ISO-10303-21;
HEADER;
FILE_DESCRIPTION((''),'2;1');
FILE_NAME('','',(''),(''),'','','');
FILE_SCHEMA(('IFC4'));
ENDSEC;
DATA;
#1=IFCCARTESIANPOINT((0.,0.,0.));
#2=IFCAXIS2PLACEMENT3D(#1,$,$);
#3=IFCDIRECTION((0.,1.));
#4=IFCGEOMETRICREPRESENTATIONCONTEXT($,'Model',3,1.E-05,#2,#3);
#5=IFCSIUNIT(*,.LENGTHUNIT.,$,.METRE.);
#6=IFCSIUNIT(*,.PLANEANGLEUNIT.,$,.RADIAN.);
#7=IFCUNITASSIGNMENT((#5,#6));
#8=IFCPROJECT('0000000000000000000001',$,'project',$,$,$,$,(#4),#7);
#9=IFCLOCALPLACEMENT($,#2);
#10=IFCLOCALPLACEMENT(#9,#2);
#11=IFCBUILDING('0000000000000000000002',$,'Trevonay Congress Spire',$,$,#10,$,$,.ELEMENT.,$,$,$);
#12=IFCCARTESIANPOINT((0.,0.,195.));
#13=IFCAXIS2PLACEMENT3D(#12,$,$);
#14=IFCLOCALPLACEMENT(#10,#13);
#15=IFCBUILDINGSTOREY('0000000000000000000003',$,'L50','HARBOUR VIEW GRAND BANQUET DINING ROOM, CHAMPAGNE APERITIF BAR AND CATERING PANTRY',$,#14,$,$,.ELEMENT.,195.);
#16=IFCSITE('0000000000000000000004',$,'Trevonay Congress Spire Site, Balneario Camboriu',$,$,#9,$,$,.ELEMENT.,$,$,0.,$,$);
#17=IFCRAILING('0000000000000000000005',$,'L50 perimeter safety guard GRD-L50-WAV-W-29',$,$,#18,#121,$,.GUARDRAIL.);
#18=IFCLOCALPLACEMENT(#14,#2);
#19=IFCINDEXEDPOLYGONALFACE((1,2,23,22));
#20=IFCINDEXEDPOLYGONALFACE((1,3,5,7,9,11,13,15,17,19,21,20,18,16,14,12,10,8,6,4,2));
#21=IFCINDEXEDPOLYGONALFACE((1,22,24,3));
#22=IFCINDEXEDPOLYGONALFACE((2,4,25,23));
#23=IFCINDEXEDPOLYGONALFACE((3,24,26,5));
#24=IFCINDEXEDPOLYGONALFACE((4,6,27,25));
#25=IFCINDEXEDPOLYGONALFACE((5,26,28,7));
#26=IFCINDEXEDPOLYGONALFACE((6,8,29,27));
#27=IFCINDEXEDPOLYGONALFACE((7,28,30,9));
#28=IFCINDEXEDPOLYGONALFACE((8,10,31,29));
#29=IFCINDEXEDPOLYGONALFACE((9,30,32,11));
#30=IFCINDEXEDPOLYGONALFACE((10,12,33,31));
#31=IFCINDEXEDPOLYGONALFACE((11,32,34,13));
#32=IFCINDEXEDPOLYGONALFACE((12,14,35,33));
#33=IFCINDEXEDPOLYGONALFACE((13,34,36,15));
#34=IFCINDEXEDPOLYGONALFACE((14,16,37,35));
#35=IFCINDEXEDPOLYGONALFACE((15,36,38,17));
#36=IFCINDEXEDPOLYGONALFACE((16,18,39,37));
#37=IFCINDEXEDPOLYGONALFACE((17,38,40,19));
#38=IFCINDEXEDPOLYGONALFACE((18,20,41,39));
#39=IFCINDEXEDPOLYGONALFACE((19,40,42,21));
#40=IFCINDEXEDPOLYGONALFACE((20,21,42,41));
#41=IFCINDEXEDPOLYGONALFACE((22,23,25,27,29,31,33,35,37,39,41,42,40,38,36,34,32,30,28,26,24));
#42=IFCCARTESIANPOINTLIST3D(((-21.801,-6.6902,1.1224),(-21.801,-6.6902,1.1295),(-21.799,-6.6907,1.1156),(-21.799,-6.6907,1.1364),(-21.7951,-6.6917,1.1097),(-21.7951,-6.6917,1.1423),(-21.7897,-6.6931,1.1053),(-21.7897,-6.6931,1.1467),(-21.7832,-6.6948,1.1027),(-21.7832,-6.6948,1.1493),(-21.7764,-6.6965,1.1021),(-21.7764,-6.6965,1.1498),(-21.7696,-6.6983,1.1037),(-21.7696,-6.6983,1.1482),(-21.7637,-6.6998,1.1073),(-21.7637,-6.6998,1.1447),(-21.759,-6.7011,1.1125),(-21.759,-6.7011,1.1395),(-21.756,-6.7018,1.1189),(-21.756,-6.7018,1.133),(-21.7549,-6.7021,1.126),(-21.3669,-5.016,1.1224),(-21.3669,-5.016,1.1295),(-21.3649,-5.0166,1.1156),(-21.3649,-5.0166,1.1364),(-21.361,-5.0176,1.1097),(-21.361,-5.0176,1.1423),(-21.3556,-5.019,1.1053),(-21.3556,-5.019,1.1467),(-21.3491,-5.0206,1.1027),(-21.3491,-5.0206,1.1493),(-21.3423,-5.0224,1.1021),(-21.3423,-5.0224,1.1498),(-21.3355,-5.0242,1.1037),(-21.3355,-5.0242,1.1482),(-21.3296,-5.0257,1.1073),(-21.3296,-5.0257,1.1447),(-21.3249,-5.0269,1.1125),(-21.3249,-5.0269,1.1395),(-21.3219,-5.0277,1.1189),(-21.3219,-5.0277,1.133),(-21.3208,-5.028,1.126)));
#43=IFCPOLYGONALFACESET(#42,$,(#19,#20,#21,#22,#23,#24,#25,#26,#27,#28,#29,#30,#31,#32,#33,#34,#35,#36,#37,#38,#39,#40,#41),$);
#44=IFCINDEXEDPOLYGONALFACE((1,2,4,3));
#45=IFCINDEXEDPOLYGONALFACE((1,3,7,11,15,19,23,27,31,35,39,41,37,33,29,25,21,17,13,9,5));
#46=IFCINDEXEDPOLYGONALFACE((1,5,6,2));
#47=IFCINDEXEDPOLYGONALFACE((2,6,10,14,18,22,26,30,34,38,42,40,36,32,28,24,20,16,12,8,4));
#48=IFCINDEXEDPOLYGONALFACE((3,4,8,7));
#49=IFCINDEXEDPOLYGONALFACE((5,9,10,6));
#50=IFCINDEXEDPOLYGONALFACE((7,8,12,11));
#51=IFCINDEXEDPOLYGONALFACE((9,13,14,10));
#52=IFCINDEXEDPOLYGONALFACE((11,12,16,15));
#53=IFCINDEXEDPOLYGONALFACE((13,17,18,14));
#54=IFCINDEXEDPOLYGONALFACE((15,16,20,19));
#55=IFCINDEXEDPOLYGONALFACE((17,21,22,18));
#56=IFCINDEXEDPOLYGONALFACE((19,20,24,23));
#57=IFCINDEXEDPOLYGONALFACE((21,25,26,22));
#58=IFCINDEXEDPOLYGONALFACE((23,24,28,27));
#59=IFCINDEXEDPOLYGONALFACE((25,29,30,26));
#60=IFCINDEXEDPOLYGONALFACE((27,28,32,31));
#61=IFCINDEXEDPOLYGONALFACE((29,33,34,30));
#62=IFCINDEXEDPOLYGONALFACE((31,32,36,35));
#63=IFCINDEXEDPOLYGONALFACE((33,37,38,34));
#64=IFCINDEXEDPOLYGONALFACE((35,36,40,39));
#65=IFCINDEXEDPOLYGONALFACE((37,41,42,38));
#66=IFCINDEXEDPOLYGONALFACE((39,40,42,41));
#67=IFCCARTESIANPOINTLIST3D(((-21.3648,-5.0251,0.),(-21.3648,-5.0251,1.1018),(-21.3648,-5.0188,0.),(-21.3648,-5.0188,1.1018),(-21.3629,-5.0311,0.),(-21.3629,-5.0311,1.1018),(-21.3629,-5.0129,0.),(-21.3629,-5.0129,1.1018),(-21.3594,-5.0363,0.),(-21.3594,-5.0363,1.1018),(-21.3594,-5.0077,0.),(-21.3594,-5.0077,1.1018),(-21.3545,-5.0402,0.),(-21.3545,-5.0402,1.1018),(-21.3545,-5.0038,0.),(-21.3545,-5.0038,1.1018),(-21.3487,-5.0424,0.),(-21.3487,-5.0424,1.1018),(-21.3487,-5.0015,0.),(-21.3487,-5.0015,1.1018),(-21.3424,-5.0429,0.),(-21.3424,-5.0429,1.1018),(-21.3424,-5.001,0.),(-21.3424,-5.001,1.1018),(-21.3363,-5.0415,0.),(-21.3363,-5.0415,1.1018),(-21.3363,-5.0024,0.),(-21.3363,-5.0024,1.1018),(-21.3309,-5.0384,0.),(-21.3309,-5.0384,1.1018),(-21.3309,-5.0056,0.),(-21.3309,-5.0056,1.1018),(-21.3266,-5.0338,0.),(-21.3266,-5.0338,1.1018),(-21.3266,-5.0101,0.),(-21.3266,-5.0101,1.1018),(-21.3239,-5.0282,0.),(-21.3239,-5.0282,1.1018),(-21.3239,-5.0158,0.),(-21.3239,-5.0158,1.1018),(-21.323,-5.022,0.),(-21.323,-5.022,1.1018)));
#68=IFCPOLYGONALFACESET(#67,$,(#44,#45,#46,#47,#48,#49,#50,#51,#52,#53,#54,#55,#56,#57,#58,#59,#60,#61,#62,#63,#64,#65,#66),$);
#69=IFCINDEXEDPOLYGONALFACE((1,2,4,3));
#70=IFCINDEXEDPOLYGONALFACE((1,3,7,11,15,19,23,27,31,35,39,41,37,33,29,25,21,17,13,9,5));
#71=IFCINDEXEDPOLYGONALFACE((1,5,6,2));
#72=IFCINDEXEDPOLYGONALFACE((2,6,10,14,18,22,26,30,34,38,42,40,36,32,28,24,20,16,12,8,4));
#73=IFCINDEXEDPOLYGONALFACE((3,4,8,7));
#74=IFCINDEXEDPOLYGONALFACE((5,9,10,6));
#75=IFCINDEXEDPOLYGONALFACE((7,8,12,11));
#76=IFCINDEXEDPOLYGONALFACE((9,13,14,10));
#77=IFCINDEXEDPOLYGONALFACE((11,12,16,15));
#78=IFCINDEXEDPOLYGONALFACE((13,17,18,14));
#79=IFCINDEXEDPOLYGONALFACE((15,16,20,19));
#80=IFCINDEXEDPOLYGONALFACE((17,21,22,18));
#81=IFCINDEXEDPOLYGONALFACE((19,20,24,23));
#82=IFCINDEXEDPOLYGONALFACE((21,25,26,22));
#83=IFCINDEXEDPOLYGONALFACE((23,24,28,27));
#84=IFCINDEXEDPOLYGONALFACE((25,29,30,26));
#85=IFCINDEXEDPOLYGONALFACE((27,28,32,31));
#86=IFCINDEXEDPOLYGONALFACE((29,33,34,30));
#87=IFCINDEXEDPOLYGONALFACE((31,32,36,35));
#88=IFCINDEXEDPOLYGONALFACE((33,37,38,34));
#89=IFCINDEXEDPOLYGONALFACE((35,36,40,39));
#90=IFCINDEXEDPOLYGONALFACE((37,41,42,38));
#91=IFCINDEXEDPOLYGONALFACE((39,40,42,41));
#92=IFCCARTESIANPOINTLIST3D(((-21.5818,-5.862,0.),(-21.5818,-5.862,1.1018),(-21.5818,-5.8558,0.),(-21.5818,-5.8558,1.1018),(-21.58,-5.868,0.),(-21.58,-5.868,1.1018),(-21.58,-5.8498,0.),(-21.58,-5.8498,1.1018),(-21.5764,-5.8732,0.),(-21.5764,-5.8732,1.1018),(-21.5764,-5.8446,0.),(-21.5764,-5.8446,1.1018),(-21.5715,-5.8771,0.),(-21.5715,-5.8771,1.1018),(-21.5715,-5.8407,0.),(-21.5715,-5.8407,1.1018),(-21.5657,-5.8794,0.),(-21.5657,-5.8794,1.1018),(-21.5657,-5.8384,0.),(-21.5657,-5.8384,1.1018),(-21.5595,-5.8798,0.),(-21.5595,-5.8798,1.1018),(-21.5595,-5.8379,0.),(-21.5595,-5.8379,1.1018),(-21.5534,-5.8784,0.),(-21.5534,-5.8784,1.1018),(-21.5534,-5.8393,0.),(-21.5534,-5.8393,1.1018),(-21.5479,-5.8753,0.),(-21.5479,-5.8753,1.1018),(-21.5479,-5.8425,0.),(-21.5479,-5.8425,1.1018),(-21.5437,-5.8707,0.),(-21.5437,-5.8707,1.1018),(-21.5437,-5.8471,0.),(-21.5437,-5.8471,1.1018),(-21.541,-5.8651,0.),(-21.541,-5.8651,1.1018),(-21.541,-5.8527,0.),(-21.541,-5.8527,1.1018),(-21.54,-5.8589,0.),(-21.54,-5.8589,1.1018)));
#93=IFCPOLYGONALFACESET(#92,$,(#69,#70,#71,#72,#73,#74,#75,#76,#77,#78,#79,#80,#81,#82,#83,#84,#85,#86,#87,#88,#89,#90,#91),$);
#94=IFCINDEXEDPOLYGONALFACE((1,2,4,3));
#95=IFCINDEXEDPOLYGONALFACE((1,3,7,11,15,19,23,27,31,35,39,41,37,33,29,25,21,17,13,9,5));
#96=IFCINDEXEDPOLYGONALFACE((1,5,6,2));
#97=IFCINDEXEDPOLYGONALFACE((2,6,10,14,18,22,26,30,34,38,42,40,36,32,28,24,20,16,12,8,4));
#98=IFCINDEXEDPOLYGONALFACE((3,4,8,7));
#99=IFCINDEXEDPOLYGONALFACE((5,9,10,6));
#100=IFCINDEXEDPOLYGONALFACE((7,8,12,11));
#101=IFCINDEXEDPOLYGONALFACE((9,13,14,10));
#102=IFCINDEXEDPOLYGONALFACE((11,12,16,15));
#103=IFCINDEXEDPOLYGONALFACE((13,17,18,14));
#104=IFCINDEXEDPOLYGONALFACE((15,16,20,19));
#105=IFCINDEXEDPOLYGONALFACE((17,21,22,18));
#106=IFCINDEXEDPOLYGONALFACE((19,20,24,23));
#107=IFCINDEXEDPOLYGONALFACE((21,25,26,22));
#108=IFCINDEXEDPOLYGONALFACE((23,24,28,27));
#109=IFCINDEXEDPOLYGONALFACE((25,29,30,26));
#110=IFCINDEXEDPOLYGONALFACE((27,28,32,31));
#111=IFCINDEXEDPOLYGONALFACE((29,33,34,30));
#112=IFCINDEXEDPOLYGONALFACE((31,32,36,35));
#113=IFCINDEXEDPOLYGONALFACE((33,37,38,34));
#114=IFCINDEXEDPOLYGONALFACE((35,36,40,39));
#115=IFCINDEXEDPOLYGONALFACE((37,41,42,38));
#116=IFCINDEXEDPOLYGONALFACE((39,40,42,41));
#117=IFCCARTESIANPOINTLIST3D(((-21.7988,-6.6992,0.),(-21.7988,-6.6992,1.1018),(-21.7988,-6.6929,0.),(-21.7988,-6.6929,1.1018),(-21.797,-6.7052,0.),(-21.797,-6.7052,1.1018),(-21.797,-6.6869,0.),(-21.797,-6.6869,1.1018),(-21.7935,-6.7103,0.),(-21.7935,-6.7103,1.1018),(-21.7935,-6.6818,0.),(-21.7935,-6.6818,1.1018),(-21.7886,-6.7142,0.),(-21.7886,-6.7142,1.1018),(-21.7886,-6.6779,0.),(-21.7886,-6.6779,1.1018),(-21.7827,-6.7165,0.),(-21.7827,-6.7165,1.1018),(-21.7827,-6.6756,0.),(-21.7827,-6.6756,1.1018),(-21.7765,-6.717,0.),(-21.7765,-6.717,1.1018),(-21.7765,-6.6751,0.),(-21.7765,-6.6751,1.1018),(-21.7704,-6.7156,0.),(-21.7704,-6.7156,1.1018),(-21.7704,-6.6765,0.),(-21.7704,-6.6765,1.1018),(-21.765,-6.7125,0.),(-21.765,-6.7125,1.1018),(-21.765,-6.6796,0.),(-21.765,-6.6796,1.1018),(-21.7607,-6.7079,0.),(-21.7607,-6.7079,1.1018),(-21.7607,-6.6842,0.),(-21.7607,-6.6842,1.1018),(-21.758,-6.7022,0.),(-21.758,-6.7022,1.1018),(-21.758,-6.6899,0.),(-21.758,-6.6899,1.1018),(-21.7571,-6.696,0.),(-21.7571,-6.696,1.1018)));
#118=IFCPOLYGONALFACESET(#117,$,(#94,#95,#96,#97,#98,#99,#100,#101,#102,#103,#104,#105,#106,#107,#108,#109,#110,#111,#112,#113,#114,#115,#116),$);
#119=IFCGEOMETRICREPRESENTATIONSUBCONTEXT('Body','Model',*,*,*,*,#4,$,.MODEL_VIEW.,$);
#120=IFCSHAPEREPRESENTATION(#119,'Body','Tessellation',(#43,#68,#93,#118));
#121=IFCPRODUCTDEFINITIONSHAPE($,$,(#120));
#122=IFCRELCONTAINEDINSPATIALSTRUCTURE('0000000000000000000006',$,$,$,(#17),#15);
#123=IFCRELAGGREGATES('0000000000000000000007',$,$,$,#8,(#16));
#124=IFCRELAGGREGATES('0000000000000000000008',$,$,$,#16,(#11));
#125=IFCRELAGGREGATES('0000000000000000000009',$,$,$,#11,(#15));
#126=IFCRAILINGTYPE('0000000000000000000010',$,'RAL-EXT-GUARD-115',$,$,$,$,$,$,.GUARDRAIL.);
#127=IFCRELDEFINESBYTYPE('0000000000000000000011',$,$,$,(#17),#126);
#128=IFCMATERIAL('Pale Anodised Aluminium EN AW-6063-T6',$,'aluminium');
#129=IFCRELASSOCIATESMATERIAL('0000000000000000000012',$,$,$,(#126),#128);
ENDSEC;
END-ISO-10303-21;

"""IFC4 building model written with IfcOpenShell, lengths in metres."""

from ifc_helpers import new_model, si_unit, direction, frame, origin, origin_2d, place, context, subcontext, project, spatial, circle, extrude, material, type_object, element, save


model = new_model("IFC4")

# Units and contexts
model_context = context("Model", 3, precision=1e-05, world=origin(), true_north=direction((0.0, 1.0)))
body_context = subcontext(model_context, "Body", "Model", "MODEL_VIEW")
ifc_project = project(units=[si_unit("LENGTHUNIT", "METRE"), si_unit("PLANEANGLEUNIT", "RADIAN")], contexts=[model_context])

# Site, building, storey
site_placement = place(None, origin())
site = spatial("IfcSite", under=ifc_project, at=site_placement, Name="Trevonay Congress Spire Site, Balneario Camboriu", CompositionType="ELEMENT", RefElevation=0.0)
building_placement = place(site_placement, origin())
building = spatial("IfcBuilding", under=site, at=building_placement, Name="Trevonay Congress Spire", CompositionType="ELEMENT")
storey_placement = place(building_placement, frame((0.0, 0.0, 195.0)))
storey = spatial("IfcBuildingStorey", under=building, at=storey_placement, Name="L50", Description="HARBOUR VIEW GRAND BANQUET DINING ROOM, CHAMPAGNE APERITIF BAR AND CATERING PANTRY", CompositionType="ELEMENT", Elevation=195.0)

# Shared definitions
ifc_material_1 = material(Name="Pale Anodised Aluminium EN AW-6063-T6", Category="aluminium")

# Railing
railing_type = type_object("IfcRailingType", Name="RAL-EXT-GUARD-115", PredefinedType="GUARDRAIL", material=ifc_material_1)
railing_1_placement = place(storey_placement, frame((-21.344, -5.022, 0.0)))
element("IfcRailing", 1, at=railing_1_placement, inside=storey, type_object=railing_type, Name="L50 perimeter safety guard GRD-L50-WAV-W-29", PredefinedType="GUARDRAIL", context=body_context, shape_type="SweptSolid", body=[
    extrude(circle(Radius=0.0239, at=origin_2d()), frame((0.0, 0.0, 1.126), z_axis=(-0.250996, -0.967988, 0.0), x_axis=(0.967988, -0.250996, 0.0)), (0.0, 0.0, 1.0), 1.7295),
    extrude(circle(Radius=0.021, at=origin_2d()), origin(), (0.0, 0.0, 1.0), 1.1018),
    extrude(circle(Radius=0.021, at=origin_2d()), frame((-0.217, -0.8369, 0.0)), (0.0, 0.0, 1.0), 1.1018),
    extrude(circle(Radius=0.021, at=origin_2d()), frame((-0.4341, -1.6741, 0.0)), (0.0, 0.0, 1.0), 1.1018),
])

save(model, "model.ifc")
